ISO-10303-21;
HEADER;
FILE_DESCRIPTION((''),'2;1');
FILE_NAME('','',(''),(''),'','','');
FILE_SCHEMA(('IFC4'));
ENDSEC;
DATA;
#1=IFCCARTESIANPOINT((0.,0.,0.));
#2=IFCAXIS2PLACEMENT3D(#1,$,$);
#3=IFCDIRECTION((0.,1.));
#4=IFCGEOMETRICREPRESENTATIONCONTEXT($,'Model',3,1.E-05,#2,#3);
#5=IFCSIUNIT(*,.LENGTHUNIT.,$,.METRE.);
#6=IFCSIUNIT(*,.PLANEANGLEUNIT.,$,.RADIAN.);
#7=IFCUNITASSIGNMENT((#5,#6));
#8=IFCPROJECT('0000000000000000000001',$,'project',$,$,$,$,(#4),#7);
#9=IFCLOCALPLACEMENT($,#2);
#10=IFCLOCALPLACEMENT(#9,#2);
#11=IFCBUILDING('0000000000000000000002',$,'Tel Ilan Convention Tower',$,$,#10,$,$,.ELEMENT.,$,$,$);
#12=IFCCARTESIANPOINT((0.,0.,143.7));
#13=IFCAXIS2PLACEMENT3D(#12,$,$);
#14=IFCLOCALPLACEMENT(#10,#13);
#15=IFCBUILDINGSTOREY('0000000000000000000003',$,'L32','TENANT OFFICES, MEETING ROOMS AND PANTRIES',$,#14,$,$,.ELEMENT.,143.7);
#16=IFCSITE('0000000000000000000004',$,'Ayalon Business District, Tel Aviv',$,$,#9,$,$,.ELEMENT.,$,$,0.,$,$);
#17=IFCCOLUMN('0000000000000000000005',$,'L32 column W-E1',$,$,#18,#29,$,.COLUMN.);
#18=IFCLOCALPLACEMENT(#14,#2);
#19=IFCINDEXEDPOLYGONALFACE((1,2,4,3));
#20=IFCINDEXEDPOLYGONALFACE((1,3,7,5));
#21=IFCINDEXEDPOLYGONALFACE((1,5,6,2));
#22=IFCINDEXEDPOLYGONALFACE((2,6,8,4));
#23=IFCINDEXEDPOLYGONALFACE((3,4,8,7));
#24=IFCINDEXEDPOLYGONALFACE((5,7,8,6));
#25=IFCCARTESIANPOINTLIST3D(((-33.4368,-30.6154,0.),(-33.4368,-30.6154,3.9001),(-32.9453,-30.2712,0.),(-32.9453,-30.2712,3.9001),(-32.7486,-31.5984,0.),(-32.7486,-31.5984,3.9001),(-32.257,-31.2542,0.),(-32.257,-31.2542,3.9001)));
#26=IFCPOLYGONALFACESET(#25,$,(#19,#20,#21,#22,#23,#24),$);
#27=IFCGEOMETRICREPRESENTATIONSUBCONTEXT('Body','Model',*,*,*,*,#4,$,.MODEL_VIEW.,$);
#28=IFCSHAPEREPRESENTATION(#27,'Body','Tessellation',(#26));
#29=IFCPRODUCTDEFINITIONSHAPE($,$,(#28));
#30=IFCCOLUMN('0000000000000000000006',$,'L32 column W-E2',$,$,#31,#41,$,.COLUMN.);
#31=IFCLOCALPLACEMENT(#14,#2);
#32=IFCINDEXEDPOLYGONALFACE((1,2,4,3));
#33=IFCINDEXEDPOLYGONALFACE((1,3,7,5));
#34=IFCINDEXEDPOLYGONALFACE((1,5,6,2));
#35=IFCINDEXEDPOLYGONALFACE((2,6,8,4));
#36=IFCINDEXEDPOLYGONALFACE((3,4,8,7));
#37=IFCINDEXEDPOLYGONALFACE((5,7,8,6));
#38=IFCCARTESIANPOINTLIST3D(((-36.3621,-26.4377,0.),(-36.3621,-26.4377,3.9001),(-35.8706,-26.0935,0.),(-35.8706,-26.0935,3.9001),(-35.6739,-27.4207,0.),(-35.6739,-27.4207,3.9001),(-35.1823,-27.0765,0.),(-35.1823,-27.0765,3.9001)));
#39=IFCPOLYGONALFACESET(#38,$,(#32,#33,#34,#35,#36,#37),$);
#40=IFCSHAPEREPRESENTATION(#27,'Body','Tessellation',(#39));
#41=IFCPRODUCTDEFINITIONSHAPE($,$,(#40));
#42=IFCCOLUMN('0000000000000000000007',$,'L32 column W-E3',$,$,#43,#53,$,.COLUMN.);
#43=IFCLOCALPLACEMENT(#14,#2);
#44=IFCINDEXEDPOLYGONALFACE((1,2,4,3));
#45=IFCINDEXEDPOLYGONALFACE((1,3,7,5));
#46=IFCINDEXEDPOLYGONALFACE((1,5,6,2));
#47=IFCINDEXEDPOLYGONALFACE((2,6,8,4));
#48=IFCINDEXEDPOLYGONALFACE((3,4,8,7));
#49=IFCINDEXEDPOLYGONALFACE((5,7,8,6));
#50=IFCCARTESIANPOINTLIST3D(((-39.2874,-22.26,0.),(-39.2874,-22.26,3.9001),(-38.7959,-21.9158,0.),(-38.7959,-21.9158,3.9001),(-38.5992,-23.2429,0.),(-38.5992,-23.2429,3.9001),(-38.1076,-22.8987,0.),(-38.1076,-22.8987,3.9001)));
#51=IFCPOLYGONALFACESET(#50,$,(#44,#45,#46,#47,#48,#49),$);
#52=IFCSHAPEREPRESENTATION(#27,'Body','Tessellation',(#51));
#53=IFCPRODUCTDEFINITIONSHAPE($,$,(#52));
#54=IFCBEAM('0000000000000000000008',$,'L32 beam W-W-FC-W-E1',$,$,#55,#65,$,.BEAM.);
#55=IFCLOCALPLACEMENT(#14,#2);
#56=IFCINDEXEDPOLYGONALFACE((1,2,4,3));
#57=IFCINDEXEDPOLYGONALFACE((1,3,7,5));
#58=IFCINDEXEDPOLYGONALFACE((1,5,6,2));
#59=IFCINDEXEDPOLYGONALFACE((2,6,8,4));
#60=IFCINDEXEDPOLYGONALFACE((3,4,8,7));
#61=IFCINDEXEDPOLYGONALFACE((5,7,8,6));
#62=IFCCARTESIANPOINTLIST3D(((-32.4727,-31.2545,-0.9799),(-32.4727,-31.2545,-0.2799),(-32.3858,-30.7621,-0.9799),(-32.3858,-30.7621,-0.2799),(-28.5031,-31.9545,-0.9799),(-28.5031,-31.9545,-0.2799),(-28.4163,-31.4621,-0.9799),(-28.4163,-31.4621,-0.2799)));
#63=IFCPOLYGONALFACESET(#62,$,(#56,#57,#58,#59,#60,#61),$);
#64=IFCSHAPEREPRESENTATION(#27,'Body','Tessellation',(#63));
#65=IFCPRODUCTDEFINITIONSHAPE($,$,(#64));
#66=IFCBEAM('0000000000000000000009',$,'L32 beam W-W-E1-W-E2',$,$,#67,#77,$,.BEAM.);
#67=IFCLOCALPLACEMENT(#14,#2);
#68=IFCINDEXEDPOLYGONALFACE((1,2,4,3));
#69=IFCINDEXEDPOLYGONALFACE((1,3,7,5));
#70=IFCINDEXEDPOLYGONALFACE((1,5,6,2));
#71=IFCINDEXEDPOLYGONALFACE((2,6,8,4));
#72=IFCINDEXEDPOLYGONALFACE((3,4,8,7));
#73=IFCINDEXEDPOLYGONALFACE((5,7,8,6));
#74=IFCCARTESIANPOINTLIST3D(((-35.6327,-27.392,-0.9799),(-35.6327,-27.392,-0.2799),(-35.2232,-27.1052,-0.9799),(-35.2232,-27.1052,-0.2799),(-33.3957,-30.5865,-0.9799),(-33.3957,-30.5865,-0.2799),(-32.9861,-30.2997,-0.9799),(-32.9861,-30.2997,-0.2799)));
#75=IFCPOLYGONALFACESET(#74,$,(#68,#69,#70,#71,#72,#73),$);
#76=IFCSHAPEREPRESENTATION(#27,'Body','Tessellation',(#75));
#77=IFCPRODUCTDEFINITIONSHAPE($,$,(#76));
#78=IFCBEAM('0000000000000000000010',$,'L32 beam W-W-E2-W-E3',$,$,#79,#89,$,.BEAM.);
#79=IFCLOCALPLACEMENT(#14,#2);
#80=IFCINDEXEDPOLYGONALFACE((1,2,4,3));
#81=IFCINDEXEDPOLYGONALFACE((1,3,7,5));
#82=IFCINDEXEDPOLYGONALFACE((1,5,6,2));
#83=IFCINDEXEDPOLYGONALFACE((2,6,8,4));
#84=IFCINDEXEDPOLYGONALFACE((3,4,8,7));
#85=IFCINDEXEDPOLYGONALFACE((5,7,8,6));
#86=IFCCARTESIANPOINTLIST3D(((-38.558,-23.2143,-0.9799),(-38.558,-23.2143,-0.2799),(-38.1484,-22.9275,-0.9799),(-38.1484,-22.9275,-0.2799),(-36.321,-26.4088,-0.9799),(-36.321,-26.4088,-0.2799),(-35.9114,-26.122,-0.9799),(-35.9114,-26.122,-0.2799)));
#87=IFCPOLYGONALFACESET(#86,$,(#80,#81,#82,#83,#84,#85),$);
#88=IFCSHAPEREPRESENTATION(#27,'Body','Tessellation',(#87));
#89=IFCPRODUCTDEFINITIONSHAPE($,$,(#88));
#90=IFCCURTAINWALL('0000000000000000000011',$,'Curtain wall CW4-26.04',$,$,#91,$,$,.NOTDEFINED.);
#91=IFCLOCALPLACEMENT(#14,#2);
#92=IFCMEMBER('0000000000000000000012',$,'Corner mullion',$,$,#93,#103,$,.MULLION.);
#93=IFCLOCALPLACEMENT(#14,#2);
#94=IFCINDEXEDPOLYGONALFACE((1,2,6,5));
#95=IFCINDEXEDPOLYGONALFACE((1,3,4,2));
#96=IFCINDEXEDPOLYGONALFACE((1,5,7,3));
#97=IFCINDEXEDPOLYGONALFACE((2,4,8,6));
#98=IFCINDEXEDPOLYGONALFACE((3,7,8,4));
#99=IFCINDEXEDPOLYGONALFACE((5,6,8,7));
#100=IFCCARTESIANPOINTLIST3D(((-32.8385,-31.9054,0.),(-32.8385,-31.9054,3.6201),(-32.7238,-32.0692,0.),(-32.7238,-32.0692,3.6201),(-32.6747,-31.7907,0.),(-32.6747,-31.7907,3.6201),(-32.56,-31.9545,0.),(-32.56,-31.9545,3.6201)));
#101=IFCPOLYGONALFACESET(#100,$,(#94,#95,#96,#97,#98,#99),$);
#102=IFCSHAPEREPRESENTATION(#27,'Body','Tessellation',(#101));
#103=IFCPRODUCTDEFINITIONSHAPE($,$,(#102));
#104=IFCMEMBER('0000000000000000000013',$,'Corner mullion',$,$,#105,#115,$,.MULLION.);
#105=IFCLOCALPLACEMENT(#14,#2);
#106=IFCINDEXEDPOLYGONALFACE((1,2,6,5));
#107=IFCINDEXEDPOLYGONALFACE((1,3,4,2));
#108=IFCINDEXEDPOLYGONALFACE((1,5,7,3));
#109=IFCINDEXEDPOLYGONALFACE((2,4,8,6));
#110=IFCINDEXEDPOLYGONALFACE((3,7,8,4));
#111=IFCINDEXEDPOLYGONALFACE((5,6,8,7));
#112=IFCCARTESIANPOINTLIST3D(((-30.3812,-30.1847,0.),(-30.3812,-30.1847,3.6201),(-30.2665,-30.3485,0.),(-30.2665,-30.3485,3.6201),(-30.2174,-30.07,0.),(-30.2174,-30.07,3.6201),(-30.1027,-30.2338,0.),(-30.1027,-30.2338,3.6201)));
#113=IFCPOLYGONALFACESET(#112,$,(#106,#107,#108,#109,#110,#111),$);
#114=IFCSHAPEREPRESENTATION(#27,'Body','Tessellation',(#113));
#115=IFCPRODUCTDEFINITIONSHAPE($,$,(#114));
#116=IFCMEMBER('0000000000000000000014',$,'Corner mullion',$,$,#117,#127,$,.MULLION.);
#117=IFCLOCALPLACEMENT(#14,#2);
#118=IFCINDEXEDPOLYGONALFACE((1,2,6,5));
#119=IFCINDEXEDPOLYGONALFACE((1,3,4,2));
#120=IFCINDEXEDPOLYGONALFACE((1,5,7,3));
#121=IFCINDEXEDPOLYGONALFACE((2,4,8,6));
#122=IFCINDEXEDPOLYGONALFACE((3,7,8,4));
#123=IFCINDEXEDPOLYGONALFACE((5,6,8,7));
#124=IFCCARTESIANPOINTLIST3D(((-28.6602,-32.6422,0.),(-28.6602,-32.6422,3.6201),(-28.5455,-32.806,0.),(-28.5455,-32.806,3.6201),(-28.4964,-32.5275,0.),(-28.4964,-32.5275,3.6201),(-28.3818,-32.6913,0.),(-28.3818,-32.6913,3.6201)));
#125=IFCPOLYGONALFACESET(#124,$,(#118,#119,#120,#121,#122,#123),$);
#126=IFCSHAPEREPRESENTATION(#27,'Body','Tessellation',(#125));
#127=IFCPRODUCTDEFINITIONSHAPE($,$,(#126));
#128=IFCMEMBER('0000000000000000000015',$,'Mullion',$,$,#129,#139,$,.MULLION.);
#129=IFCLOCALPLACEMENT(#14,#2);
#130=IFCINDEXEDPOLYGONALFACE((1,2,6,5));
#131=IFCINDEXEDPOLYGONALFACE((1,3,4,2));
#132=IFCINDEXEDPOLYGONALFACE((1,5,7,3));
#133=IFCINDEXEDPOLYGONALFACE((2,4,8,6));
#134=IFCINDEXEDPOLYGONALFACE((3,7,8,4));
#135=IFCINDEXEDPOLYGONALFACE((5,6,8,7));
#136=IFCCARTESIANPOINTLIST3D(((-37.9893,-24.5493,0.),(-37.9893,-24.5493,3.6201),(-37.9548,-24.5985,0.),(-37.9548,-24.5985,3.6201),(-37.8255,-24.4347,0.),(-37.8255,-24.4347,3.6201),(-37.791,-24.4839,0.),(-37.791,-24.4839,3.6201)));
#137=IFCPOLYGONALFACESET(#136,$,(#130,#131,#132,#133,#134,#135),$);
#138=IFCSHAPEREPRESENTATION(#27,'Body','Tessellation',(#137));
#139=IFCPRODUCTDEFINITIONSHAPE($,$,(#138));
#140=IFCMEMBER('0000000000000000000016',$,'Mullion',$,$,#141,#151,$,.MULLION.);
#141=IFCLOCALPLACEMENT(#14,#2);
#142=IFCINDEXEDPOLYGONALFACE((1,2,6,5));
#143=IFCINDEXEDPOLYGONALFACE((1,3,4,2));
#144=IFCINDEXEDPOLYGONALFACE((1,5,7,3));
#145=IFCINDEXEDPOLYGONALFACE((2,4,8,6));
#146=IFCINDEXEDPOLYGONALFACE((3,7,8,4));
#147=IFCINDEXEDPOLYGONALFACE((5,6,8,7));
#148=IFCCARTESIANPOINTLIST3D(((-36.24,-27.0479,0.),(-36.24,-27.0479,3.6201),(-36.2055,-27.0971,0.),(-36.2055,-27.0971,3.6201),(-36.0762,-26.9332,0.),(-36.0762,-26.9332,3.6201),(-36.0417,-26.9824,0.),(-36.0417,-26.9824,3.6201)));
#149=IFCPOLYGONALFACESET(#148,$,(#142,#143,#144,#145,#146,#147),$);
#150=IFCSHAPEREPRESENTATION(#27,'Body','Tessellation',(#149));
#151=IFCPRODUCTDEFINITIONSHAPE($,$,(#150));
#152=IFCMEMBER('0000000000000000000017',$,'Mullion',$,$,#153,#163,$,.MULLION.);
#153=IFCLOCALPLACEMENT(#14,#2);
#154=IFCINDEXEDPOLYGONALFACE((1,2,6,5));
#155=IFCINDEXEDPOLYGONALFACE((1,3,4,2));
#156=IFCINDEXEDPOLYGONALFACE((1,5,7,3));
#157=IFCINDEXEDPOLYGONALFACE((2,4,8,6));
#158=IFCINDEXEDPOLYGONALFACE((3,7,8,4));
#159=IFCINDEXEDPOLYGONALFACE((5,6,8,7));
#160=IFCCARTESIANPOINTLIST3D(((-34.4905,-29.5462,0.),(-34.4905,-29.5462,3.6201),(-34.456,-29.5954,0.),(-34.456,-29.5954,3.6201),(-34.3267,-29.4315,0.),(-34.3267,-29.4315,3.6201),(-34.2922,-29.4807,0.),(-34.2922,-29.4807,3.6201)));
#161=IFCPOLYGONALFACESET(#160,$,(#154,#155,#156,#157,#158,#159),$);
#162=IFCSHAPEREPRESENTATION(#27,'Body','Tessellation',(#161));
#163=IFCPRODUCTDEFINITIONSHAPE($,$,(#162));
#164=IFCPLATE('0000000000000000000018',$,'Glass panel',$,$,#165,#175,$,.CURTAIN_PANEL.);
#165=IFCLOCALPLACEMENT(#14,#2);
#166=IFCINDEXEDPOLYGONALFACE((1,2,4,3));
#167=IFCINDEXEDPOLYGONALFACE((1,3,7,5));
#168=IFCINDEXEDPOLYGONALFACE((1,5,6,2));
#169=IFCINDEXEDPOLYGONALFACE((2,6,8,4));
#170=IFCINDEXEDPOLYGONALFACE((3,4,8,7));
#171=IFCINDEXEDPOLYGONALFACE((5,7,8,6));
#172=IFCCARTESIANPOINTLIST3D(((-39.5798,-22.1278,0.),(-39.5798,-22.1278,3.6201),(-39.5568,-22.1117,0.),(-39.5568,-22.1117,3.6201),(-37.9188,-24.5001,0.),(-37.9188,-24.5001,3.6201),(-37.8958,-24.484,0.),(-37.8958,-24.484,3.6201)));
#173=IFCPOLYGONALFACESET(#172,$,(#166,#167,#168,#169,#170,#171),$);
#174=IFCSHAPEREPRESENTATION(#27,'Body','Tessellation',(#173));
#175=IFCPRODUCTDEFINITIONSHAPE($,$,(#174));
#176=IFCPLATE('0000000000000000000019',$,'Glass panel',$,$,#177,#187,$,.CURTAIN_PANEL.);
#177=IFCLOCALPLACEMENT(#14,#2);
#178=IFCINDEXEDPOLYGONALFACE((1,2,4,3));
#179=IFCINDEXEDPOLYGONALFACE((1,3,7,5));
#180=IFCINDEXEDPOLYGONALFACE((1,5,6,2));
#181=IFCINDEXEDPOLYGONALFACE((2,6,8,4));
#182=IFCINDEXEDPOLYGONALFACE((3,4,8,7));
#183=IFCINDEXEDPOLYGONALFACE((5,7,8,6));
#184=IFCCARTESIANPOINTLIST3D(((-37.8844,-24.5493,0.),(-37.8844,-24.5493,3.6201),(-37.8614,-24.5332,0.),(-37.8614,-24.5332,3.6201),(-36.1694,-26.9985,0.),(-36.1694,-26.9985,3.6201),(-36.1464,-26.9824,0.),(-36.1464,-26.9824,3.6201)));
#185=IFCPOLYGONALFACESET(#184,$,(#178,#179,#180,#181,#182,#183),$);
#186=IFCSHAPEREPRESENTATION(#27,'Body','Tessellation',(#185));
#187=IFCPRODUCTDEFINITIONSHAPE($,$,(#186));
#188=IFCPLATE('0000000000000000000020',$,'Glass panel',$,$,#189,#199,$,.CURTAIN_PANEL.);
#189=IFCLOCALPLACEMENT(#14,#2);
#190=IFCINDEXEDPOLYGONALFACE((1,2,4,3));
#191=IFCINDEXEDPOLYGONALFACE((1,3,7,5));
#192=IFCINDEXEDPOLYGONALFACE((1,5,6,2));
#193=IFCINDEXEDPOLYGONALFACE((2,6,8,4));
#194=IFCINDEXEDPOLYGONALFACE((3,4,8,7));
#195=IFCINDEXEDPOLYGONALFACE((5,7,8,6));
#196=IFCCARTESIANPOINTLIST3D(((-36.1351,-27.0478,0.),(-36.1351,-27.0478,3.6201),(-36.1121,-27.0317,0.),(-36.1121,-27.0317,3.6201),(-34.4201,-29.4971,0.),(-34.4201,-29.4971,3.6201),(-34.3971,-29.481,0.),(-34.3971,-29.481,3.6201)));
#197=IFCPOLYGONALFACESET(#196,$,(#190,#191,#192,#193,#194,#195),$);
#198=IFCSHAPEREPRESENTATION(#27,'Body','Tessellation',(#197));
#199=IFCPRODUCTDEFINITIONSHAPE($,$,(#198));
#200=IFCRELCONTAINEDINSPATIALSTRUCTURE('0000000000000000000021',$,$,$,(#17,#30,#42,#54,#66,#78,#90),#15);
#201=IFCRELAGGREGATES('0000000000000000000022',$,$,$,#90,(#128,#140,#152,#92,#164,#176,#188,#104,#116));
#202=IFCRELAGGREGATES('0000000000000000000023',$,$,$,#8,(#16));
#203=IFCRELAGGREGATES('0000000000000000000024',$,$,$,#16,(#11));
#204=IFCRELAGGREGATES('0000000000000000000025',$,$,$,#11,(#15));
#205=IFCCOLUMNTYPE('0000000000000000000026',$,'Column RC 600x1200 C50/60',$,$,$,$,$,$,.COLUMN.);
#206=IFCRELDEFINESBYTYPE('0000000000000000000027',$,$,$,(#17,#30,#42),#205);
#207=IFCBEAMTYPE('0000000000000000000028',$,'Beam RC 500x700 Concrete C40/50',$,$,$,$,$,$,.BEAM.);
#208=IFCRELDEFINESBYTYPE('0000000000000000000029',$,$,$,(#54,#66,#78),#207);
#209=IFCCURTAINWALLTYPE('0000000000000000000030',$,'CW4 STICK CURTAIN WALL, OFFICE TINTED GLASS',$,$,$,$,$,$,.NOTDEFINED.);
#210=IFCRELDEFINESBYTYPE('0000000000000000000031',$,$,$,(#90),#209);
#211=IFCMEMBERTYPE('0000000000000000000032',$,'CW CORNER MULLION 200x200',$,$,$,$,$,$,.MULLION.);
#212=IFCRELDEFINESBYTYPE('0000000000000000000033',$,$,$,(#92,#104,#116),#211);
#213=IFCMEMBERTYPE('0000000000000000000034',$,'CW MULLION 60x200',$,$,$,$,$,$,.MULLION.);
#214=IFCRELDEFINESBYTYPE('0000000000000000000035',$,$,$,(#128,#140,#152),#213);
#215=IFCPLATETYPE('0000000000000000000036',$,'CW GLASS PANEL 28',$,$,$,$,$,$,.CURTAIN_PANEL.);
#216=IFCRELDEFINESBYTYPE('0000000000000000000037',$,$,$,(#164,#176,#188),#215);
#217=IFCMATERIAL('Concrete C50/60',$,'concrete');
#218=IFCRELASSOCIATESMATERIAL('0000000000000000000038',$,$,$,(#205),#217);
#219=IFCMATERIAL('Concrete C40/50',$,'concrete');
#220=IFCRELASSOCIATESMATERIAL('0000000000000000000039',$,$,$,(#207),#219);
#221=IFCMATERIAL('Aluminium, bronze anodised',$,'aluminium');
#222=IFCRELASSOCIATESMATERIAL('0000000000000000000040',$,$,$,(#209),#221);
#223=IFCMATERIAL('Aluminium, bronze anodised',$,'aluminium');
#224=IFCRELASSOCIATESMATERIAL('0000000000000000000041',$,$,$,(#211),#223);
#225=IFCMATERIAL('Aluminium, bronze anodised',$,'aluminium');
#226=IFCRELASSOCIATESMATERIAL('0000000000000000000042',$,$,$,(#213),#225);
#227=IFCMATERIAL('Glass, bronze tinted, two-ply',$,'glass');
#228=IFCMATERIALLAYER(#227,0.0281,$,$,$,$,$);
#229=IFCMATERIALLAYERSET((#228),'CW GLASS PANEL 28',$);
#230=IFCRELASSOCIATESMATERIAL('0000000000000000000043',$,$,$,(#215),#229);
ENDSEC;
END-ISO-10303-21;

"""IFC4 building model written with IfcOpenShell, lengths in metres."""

from ifc_helpers import new_model, si_unit, direction, frame, origin, origin_2d, place, context, subcontext, project, spatial, rectangle, extrude, material, layer, layer_set, material_profile, profile_set, type_object, element, aggregate, save


model = new_model("IFC4")

# Units and contexts
model_context = context("Model", 3, precision=1e-05, world=origin(), true_north=direction((0.0, 1.0)))
body_context = subcontext(model_context, "Body", "Model", "MODEL_VIEW")
ifc_project = project(units=[si_unit("LENGTHUNIT", "METRE"), si_unit("PLANEANGLEUNIT", "RADIAN")], contexts=[model_context])

# Site, building, storey
site_placement = place(None, origin())
site = spatial("IfcSite", under=ifc_project, at=site_placement, Name="Ayalon Business District, Tel Aviv", CompositionType="ELEMENT", RefElevation=0.0)
building_placement = place(site_placement, origin())
building = spatial("IfcBuilding", under=site, at=building_placement, Name="Tel Ilan Convention Tower", CompositionType="ELEMENT")
storey_placement = place(building_placement, frame((0.0, 0.0, 143.7)))
storey = spatial("IfcBuildingStorey", under=building, at=storey_placement, Name="L32", Description="TENANT OFFICES, MEETING ROOMS AND PANTRIES", CompositionType="ELEMENT", Elevation=143.7)

# Columns
ifc_material_1 = material(Name="Concrete C50/60", Category="concrete")
ifc_material_profile_1 = material_profile(ifc_material_1, rectangle(XDim=1.2, YDim=0.6001, at=origin_2d()), Name="RC 600x1200")
ifc_profile_set_1 = profile_set([ifc_material_profile_1], Name="Concrete C50/60")
column_type = type_object("IfcColumnType", Name="Column RC 600x1200 C50/60", PredefinedType="COLUMN", material=ifc_profile_set_1)
for number, where, z_axis, x_axis, name in (
    (1, (-32.8469, -30.9348, 0.0), (0.0, 0.0, 1.0), (-0.573576, 0.819152, 0.0), "L32 column W-E1"),
    (2, (-35.7722, -26.7571, 0.0), (0.0, 0.0, 1.0), (-0.573576, 0.819152, 0.0), "L32 column W-E2"),
    (3, (-38.6975, -22.5793, 0.0), (0.0, 0.0, 1.0), (-0.573576, 0.819152, 0.0), "L32 column W-E3"),
):
    element("IfcColumn", number, at=place(storey_placement, frame(where, z_axis=z_axis, x_axis=x_axis)), inside=storey, type_object=column_type, Name=name, PredefinedType="COLUMN", context=body_context, shape_type="SweptSolid", body=[
        extrude(rectangle(XDim=1.2, YDim=0.6001, at=origin_2d()), origin(), (0.0, 0.0, 1.0), 3.9001),
    ])

# Beams
ifc_material_2 = material(Name="Concrete C40/50", Category="concrete")
ifc_material_profile_2 = material_profile(ifc_material_2, rectangle(XDim=0.5, YDim=0.7, at=origin_2d()), Name="RC 500x700")
ifc_profile_set_2 = profile_set([ifc_material_profile_2], Name="Concrete C40/50")
beam_type = type_object("IfcBeamType", Name="Beam RC 500x700 Concrete C40/50", PredefinedType="BEAM", material=ifc_profile_set_2)
beam_placement = place(storey_placement, frame((-28.4597, -31.7083, -0.6299), z_axis=(-0.984807, 0.173654, 0.0), x_axis=(-0.173654, -0.984807, 0.0)))
element("IfcBeam", 4, at=beam_placement, inside=storey, type_object=beam_type, Name="L32 beam W-W-FC-W-E1", PredefinedType="BEAM", context=body_context, shape_type="SweptSolid", body=[
    extrude(rectangle(XDim=0.5, YDim=0.7, at=origin_2d()), origin(), (0.0, 0.0, 1.0), 4.0308),
])
for number, where, z_axis, x_axis, name in (
    (5, (-33.1909, -30.4431, -0.6299), (-0.573609, 0.819129, 0.0), (-0.819129, -0.573609, 0.0), "L32 beam W-W-E1-W-E2"),
    (6, (-36.1162, -26.2654, -0.6299), (-0.573609, 0.819129, 0.0), (-0.819129, -0.573609, 0.0), "L32 beam W-W-E2-W-E3"),
):
    element("IfcBeam", number, at=place(storey_placement, frame(where, z_axis=z_axis, x_axis=x_axis)), inside=storey, type_object=beam_type, Name=name, PredefinedType="BEAM", context=body_context, shape_type="SweptSolid", body=[
        extrude(rectangle(XDim=0.5, YDim=0.7, at=origin_2d()), origin(), (0.0, 0.0, 1.0), 3.8999),
    ])

# Curtain wall, members, plates
ifc_material_3 = material(Name="Aluminium, bronze anodised", Category="aluminium")
curtain_wall_type = type_object("IfcCurtainWallType", Name="CW4 STICK CURTAIN WALL, OFFICE TINTED GLASS", PredefinedType="NOTDEFINED", material=ifc_material_3)
curtain_wall_placement = place(storey_placement, origin())
curtain_wall = element("IfcCurtainWall", 7, at=curtain_wall_placement, inside=storey, type_object=curtain_wall_type, Name="Curtain wall CW4-26.04", PredefinedType="NOTDEFINED")
ifc_material_4 = material(Name="Aluminium, bronze anodised", Category="aluminium")
ifc_material_profile_3 = material_profile(ifc_material_4, rectangle(XDim=0.2, YDim=0.2, at=origin_2d()), Name="CW CORNER MULLION 200x200")
ifc_profile_set_3 = profile_set([ifc_material_profile_3], Name="Aluminium, bronze anodised")
member_type_1 = type_object("IfcMemberType", Name="CW CORNER MULLION 200x200", PredefinedType="MULLION", material=ifc_profile_set_3)
member_1_placement = place(storey_placement, frame((-32.6992, -31.9299, 0.0), z_axis=(0.0, 0.0, 1.0), x_axis=(0.573576, -0.819152, 0.0)))
member_1 = element("IfcMember", 8, at=member_1_placement, type_object=member_type_1, Name="Corner mullion", PredefinedType="MULLION", context=body_context, shape_type="SweptSolid", body=[
    extrude(rectangle(XDim=0.2, YDim=0.2, at=origin_2d()), origin(), (0.0, 0.0, 1.0), 3.6201),
])
member_2_placement = place(storey_placement, frame((-30.2419, -30.2092, 0.0), z_axis=(0.0, 0.0, 1.0), x_axis=(0.819152, 0.573576, 0.0)))
member_2 = element("IfcMember", 9, at=member_2_placement, type_object=member_type_1, Name="Corner mullion", PredefinedType="MULLION", context=body_context, shape_type="SweptSolid", body=[
    extrude(rectangle(XDim=0.2, YDim=0.2, at=origin_2d()), origin(), (0.0, 0.0, 1.0), 3.6201),
])
member_3_placement = place(storey_placement, frame((-28.521, -32.6667, 0.0), z_axis=(0.0, 0.0, 1.0), x_axis=(0.573576, -0.819152, 0.0)))
member_3 = element("IfcMember", 10, at=member_3_placement, type_object=member_type_1, Name="Corner mullion", PredefinedType="MULLION", context=body_context, shape_type="SweptSolid", body=[
    extrude(rectangle(XDim=0.2, YDim=0.2, at=origin_2d()), origin(), (0.0, 0.0, 1.0), 3.6201),
])
ifc_material_5 = material(Name="Aluminium, bronze anodised", Category="aluminium")
ifc_material_profile_4 = material_profile(ifc_material_5, rectangle(XDim=0.0601, YDim=0.2, at=origin_2d()), Name="CW MULLION 60x200")
ifc_profile_set_4 = profile_set([ifc_material_profile_4], Name="Aluminium, bronze anodised")
member_type_2 = type_object("IfcMemberType", Name="CW MULLION 60x200", PredefinedType="MULLION", material=ifc_profile_set_4)
member_4_placement = place(storey_placement, frame((-37.8901, -24.5166, 0.0), z_axis=(0.0, 0.0, 1.0), x_axis=(0.573576, -0.819152, 0.0)))
member_4 = element("IfcMember", 11, at=member_4_placement, type_object=member_type_2, Name="Mullion", PredefinedType="MULLION", context=body_context, shape_type="SweptSolid", body=[
    extrude(rectangle(XDim=0.0601, YDim=0.2, at=origin_2d()), origin(), (0.0, 0.0, 1.0), 3.6201),
])
member_5_placement = place(storey_placement, frame((-36.1409, -27.0151, 0.0), z_axis=(0.0, 0.0, 1.0), x_axis=(0.573576, -0.819152, 0.0)))
member_5 = element("IfcMember", 12, at=member_5_placement, type_object=member_type_2, Name="Mullion", PredefinedType="MULLION", context=body_context, shape_type="SweptSolid", body=[
    extrude(rectangle(XDim=0.0601, YDim=0.2, at=origin_2d()), origin(), (0.0, 0.0, 1.0), 3.6201),
])
member_6_placement = place(storey_placement, frame((-34.3914, -29.5134, 0.0), z_axis=(0.0, 0.0, 1.0), x_axis=(0.573576, -0.819152, 0.0)))
member_6 = element("IfcMember", 13, at=member_6_placement, type_object=member_type_2, Name="Mullion", PredefinedType="MULLION", context=body_context, shape_type="SweptSolid", body=[
    extrude(rectangle(XDim=0.0601, YDim=0.2, at=origin_2d()), origin(), (0.0, 0.0, 1.0), 3.6201),
])
ifc_material_6 = material(Name="Glass, bronze tinted, two-ply", Category="glass")
ifc_layer_1 = layer(ifc_material_6, 0.0281)
ifc_layer_set_1 = layer_set([ifc_layer_1], Name="CW GLASS PANEL 28")
plate_type = type_object("IfcPlateType", Name="CW GLASS PANEL 28", PredefinedType="CURTAIN_PANEL", material=ifc_layer_set_1)
plate_1_placement = place(storey_placement, frame((-38.7378, -23.3059, 0.0), z_axis=(0.0, 0.0, 1.0), x_axis=(0.573576, -0.819152, 0.0)))
plate_1 = element("IfcPlate", 14, at=plate_1_placement, type_object=plate_type, Name="Glass panel", PredefinedType="CURTAIN_PANEL", context=body_context, shape_type="SweptSolid", body=[
    extrude(rectangle(XDim=2.896, YDim=0.0281, at=origin_2d()), origin(), (0.0, 0.0, 1.0), 3.6201),
])
plate_2_placement = place(storey_placement, frame((-37.0154, -25.7659, 0.0), z_axis=(0.0, 0.0, 1.0), x_axis=(0.573576, -0.819152, 0.0)))
plate_2 = element("IfcPlate", 15, at=plate_2_placement, type_object=plate_type, Name="Glass panel", PredefinedType="CURTAIN_PANEL", context=body_context, shape_type="SweptSolid", body=[
    extrude(rectangle(XDim=2.99, YDim=0.0281, at=origin_2d()), origin(), (0.0, 0.0, 1.0), 3.6201),
])
plate_3_placement = place(storey_placement, frame((-35.2661, -28.2644, 0.0), z_axis=(0.0, 0.0, 1.0), x_axis=(0.573576, -0.819152, 0.0)))
plate_3 = element("IfcPlate", 16, at=plate_3_placement, type_object=plate_type, Name="Glass panel", PredefinedType="CURTAIN_PANEL", context=body_context, shape_type="SweptSolid", body=[
    extrude(rectangle(XDim=2.99, YDim=0.0281, at=origin_2d()), origin(), (0.0, 0.0, 1.0), 3.6201),
])
aggregate(curtain_wall, [member_4, member_5, member_6, member_1, plate_1, plate_2, plate_3, member_2, member_3])

save(model, "model.ifc")
